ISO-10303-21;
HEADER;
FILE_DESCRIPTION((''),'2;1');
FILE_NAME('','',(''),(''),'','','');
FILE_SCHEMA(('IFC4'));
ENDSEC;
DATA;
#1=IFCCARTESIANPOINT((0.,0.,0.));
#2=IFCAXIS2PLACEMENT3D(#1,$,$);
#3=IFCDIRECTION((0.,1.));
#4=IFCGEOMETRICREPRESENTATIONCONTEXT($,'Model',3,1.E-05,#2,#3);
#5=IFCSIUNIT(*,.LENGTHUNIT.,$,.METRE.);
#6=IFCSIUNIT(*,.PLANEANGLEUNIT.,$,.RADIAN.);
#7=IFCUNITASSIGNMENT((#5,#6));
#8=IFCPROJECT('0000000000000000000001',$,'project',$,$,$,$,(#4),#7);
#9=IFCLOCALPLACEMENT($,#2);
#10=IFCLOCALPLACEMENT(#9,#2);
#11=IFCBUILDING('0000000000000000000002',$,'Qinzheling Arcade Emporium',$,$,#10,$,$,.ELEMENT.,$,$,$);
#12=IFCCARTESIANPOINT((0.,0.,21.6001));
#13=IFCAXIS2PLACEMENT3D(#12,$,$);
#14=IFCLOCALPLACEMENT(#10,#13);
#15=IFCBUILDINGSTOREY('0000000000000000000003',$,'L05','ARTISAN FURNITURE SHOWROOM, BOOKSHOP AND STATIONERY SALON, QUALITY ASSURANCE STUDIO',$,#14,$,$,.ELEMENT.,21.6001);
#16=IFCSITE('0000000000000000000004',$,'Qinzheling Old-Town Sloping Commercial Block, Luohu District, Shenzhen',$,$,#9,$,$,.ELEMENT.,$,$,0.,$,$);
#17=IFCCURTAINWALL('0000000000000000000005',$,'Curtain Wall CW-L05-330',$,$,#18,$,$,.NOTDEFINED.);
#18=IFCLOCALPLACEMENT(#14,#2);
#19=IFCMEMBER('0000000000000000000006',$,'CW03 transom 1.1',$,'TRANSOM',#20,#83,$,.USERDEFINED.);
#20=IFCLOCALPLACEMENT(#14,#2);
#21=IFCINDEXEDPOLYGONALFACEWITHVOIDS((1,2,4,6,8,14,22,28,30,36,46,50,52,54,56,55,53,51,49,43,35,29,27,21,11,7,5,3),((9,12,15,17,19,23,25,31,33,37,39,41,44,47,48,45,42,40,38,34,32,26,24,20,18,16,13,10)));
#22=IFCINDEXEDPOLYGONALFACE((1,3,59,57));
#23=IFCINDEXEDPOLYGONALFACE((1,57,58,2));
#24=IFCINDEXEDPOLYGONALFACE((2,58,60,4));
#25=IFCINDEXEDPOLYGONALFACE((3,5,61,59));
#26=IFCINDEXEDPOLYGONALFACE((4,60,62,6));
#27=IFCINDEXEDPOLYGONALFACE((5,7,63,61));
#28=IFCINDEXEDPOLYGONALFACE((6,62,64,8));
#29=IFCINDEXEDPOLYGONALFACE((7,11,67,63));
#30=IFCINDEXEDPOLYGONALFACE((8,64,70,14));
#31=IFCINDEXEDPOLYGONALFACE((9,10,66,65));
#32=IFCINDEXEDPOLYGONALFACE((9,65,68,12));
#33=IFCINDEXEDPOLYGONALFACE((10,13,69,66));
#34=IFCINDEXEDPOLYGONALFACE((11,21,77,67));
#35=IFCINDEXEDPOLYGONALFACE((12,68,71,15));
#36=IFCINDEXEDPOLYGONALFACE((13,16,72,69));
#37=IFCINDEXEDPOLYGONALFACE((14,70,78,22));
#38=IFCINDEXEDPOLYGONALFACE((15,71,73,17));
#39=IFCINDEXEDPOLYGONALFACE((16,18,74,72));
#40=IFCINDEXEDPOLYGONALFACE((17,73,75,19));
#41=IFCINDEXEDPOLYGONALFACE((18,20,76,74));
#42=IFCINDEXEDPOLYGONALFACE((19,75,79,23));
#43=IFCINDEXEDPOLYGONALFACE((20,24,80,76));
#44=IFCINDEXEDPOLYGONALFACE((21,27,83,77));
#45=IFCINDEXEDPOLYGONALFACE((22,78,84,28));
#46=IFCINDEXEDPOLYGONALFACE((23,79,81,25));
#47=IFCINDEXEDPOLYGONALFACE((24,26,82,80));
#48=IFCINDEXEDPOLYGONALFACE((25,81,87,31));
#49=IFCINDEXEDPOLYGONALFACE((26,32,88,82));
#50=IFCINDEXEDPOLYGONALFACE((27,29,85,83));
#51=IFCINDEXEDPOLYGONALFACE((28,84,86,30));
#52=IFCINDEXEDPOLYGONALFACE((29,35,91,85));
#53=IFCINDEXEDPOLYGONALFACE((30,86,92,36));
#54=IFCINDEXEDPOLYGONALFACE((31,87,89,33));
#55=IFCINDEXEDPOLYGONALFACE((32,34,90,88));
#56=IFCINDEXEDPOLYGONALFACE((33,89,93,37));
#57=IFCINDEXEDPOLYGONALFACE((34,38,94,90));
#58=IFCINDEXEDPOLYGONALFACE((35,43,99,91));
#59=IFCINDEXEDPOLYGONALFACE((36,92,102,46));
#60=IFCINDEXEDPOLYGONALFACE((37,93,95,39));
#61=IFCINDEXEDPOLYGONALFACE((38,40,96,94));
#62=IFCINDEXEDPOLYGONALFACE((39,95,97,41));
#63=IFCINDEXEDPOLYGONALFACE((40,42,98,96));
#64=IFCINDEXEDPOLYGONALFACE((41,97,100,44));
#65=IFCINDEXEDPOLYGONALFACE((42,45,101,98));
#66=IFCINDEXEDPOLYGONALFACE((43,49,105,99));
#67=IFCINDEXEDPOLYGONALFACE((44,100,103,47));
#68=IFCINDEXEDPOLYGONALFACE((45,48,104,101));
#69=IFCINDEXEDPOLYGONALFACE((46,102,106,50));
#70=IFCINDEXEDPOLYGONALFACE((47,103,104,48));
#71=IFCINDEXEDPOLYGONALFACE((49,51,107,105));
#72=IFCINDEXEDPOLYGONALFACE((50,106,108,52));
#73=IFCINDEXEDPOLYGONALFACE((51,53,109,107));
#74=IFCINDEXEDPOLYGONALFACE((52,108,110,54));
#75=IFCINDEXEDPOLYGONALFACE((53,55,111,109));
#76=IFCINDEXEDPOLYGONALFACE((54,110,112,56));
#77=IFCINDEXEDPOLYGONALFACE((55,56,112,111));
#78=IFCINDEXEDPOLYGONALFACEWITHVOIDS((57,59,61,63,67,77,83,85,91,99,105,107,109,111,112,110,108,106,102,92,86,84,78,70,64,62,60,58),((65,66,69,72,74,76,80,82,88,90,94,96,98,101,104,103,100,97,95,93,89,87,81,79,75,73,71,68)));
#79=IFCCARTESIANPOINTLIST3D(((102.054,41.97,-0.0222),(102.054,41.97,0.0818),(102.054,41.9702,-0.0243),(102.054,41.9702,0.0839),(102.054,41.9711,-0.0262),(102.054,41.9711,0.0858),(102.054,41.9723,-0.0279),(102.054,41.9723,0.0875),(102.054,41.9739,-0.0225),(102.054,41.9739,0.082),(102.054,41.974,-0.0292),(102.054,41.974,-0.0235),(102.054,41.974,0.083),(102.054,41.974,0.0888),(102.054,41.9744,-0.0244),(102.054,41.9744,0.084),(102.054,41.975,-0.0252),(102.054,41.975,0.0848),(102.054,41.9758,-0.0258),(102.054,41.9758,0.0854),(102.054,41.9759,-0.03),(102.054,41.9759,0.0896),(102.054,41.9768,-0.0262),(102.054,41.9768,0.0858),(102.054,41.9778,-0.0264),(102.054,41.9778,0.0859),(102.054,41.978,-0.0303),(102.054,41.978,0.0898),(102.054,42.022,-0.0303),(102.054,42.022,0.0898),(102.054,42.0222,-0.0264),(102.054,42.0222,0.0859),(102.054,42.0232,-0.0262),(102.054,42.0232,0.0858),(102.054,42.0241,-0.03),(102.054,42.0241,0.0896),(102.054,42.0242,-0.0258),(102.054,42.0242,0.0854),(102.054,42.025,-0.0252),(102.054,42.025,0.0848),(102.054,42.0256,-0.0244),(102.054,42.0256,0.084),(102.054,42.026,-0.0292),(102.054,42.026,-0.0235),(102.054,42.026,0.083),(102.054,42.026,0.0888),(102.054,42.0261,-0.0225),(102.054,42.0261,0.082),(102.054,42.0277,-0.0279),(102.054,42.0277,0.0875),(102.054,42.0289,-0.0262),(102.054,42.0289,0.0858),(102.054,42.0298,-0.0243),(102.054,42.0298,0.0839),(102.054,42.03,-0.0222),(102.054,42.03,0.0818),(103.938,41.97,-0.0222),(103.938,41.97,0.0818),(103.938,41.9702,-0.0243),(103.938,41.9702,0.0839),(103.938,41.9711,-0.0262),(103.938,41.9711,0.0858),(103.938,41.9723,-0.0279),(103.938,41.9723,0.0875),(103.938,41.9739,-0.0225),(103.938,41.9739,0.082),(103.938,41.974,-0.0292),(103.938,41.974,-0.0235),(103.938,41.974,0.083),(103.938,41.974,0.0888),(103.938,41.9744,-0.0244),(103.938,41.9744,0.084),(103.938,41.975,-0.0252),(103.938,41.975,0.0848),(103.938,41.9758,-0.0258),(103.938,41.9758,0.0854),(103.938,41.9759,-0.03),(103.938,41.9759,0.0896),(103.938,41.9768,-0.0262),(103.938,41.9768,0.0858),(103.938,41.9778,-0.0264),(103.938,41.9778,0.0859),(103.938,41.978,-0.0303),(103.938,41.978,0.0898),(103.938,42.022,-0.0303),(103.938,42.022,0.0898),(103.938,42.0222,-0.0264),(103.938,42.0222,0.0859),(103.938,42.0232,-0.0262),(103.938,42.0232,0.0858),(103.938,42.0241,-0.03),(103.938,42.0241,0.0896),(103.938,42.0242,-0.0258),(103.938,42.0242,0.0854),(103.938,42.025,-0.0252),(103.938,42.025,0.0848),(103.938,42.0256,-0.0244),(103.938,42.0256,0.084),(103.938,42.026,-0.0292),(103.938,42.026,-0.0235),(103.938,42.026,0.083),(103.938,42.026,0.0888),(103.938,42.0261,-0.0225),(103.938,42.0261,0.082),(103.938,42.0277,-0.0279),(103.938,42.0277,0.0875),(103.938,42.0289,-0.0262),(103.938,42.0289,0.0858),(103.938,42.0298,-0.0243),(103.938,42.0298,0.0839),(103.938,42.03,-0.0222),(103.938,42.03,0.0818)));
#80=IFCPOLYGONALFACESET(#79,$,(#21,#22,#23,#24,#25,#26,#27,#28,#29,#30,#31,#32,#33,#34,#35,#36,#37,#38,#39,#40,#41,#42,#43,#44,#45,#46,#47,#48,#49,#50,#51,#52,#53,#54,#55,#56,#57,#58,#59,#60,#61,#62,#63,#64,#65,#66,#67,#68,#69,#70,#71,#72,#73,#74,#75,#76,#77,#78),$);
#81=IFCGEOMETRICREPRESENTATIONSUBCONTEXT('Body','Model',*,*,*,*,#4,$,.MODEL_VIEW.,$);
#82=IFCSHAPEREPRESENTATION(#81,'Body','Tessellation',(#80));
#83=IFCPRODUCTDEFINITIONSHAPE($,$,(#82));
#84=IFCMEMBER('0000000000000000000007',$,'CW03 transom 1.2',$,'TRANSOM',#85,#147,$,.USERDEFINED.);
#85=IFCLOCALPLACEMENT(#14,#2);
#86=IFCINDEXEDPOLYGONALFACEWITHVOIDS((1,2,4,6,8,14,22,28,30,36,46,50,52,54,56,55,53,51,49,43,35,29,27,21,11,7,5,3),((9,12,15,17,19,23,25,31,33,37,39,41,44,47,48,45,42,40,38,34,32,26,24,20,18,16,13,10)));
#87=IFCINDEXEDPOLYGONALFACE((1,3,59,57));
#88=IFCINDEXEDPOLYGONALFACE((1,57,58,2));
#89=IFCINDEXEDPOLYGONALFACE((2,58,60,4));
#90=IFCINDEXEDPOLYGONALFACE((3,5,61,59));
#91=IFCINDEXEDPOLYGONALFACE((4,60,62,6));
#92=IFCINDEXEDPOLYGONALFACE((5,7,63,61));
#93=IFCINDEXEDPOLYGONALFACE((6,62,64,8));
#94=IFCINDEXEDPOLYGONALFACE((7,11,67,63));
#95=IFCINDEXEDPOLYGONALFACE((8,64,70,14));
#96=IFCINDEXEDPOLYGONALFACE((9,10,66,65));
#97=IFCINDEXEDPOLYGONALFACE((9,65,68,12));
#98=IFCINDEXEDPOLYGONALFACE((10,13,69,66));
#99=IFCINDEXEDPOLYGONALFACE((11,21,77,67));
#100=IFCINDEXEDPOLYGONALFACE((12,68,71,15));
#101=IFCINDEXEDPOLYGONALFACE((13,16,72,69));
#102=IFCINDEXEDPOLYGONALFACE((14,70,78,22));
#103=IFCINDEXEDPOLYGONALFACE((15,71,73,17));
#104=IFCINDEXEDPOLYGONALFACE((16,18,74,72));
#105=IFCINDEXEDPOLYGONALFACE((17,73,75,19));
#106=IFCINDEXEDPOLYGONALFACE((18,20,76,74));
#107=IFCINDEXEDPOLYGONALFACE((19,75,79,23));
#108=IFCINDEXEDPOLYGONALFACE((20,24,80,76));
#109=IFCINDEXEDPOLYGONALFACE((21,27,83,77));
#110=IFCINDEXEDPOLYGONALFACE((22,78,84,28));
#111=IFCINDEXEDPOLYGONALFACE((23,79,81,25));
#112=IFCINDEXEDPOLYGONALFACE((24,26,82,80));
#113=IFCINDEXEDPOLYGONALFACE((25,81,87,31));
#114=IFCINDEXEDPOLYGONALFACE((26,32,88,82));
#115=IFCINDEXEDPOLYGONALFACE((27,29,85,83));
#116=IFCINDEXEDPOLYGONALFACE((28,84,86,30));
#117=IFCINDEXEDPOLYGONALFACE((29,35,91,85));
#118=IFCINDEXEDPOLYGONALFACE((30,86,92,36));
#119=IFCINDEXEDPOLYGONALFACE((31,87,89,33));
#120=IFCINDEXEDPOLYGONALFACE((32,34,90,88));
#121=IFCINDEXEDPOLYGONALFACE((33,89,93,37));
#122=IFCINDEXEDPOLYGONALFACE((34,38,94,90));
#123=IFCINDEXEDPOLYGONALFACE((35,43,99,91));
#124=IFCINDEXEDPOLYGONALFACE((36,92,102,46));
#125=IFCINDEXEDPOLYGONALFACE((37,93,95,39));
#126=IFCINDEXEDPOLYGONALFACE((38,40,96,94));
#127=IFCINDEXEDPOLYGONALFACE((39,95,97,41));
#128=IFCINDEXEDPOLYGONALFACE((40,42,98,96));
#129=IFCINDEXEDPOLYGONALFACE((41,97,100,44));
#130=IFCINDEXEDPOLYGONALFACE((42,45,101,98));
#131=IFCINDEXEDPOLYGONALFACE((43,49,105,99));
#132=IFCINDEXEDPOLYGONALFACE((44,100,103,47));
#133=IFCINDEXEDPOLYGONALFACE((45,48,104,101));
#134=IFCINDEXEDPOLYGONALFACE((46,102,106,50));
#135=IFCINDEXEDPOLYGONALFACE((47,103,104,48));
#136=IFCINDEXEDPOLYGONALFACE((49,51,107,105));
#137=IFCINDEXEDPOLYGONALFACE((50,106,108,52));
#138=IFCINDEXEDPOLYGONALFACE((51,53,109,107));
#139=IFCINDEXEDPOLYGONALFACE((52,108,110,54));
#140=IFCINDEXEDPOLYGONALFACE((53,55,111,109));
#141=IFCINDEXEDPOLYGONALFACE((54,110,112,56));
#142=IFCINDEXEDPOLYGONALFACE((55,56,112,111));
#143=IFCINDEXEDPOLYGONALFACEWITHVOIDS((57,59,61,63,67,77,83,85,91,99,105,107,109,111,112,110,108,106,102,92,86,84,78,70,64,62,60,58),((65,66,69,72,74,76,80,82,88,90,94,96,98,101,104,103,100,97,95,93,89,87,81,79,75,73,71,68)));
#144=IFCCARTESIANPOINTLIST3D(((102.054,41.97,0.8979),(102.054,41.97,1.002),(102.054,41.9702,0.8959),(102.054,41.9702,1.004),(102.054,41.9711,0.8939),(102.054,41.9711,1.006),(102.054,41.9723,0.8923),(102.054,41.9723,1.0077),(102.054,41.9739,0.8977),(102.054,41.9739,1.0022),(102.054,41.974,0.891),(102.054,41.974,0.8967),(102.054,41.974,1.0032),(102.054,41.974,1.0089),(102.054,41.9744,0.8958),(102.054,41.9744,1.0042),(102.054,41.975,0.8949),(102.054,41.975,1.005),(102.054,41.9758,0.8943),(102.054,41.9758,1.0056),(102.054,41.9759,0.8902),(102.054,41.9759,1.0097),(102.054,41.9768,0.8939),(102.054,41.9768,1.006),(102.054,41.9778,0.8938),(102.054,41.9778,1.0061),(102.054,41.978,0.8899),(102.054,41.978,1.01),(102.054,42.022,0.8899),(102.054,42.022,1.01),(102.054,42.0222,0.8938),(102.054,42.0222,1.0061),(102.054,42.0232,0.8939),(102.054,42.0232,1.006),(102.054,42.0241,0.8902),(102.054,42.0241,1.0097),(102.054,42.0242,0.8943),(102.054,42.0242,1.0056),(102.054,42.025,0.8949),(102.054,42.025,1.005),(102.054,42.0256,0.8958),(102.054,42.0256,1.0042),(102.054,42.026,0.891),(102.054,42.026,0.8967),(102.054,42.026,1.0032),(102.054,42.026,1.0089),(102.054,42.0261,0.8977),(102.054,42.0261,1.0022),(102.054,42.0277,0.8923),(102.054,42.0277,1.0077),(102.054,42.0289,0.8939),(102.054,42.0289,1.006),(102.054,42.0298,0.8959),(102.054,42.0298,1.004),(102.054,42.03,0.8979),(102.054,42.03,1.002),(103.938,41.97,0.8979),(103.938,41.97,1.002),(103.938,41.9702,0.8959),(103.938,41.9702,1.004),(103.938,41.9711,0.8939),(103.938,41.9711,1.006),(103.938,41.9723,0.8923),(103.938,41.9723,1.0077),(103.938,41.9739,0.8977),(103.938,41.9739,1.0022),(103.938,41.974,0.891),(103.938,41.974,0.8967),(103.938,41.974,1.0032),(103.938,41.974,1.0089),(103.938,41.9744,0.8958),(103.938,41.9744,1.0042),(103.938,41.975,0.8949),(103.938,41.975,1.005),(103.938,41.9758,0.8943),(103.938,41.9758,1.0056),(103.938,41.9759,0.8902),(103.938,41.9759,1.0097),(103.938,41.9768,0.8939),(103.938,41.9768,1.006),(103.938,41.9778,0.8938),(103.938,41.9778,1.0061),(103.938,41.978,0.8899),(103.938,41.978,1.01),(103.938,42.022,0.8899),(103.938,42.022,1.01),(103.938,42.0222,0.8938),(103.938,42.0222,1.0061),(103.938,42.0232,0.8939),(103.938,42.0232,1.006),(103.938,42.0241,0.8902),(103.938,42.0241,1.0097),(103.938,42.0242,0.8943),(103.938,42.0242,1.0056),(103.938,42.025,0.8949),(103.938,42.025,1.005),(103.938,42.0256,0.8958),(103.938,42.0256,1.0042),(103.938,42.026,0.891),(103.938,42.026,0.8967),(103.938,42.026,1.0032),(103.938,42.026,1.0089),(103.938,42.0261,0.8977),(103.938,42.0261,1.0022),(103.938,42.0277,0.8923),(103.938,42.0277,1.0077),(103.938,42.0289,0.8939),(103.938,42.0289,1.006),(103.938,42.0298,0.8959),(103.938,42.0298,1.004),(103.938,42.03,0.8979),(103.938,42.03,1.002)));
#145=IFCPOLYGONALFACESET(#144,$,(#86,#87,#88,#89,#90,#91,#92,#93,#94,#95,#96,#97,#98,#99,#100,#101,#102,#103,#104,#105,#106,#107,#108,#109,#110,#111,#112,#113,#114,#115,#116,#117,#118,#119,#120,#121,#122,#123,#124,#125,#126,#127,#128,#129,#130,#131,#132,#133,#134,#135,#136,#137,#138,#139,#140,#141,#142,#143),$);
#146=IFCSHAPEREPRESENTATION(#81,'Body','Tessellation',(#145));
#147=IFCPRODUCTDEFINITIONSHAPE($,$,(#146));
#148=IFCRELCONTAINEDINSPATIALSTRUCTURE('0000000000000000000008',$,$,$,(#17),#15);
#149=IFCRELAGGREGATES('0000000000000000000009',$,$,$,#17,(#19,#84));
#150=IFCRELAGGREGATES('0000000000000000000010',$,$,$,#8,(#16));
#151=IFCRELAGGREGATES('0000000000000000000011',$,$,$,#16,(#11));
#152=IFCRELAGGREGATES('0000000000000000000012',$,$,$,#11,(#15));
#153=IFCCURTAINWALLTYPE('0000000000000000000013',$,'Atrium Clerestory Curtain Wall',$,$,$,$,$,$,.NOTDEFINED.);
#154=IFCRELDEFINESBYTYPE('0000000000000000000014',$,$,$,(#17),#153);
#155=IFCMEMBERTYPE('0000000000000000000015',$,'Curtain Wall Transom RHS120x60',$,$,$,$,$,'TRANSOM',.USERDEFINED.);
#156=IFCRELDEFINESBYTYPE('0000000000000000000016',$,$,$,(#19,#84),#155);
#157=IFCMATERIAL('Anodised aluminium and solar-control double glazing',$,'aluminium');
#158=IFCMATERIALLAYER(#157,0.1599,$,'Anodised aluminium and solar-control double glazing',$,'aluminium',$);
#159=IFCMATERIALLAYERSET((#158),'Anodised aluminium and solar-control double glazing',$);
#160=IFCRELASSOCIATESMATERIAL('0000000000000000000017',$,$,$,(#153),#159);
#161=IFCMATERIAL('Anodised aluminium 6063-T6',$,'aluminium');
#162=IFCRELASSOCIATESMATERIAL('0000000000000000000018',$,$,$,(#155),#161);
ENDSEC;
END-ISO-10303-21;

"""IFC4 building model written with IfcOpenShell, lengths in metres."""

from ifc_helpers import new_model, si_unit, direction, frame, origin, origin_2d, place, context, subcontext, project, spatial, hollow_rectangle, extrude, material, layer, layer_set, material_profile, profile_set, type_object, element, aggregate, save


model = new_model("IFC4")

# Units and contexts
model_context = context("Model", 3, precision=1e-05, world=origin(), true_north=direction((0.0, 1.0)))
body_context = subcontext(model_context, "Body", "Model", "MODEL_VIEW")
ifc_project = project(units=[si_unit("LENGTHUNIT", "METRE"), si_unit("PLANEANGLEUNIT", "RADIAN")], contexts=[model_context])

# Site, building, storey
site_placement = place(None, origin())
site = spatial("IfcSite", under=ifc_project, at=site_placement, Name="Qinzheling Old-Town Sloping Commercial Block, Luohu District, Shenzhen", CompositionType="ELEMENT", RefElevation=0.0)
building_placement = place(site_placement, origin())
building = spatial("IfcBuilding", under=site, at=building_placement, Name="Qinzheling Arcade Emporium", CompositionType="ELEMENT")
storey_placement = place(building_placement, frame((0.0, 0.0, 21.6001)))
storey = spatial("IfcBuildingStorey", under=building, at=storey_placement, Name="L05", Description="ARTISAN FURNITURE SHOWROOM, BOOKSHOP AND STATIONERY SALON, QUALITY ASSURANCE STUDIO", CompositionType="ELEMENT", Elevation=21.6001)

# Shared definitions
ifc_material_1 = material(Name="Anodised aluminium and solar-control double glazing", Category="aluminium")
ifc_material_2 = material(Name="Anodised aluminium 6063-T6", Category="aluminium")

# Curtain wall
ifc_layer_1 = layer(ifc_material_1, 0.1599, Name="Anodised aluminium and solar-control double glazing", Category="aluminium")
ifc_layer_set_1 = layer_set([ifc_layer_1], Name="Anodised aluminium and solar-control double glazing")
curtain_wall_type_1 = type_object("IfcCurtainWallType", Name="Atrium Clerestory Curtain Wall", PredefinedType="NOTDEFINED", material=ifc_layer_set_1)
curtain_wall_1_placement = place(storey_placement, origin())
curtain_wall_1 = element("IfcCurtainWall", 1, at=curtain_wall_1_placement, inside=storey, type_object=curtain_wall_type_1, Name="Curtain Wall CW-L05-330", PredefinedType="NOTDEFINED")

# Members
ifc_material_profile_1 = material_profile(ifc_material_2, hollow_rectangle(XDim=0.0601, YDim=0.1201, WallThickness=0.0039, InnerFilletRadius=0.0039, OuterFilletRadius=0.0081, at=origin_2d()), Name="RHS 120x60x4", Category="aluminium")
ifc_profile_set_1 = profile_set([ifc_material_profile_1], Name="Anodised aluminium 6063-T6")
member_type_1 = type_object("IfcMemberType", Name="Curtain Wall Transom RHS120x60", ElementType="TRANSOM", PredefinedType="USERDEFINED", material=ifc_profile_set_1)
member_1_placement = place(storey_placement, frame((103.938, 42.0, 0.0298), z_axis=(-1.0, 0.0, 0.0), x_axis=(0.0, -1.0, 0.0)))
member_1 = element("IfcMember", 2, at=member_1_placement, type_object=member_type_1, Name="CW03 transom 1.1", ObjectType="TRANSOM", PredefinedType="USERDEFINED", context=body_context, shape_type="SweptSolid", body=[
    extrude(hollow_rectangle(XDim=0.0601, YDim=0.1201, WallThickness=0.0039, InnerFilletRadius=0.0039, OuterFilletRadius=0.0081, at=origin_2d()), origin(), (0.0, 0.0, 1.0), 1.884),
])
member_2_placement = place(storey_placement, frame((103.938, 42.0, 0.95), z_axis=(-1.0, 0.0, 0.0), x_axis=(0.0, -1.0, 0.0)))
member_2 = element("IfcMember", 3, at=member_2_placement, type_object=member_type_1, Name="CW03 transom 1.2", ObjectType="TRANSOM", PredefinedType="USERDEFINED", context=body_context, shape_type="SweptSolid", body=[
    extrude(hollow_rectangle(XDim=0.0601, YDim=0.1201, WallThickness=0.0039, InnerFilletRadius=0.0039, OuterFilletRadius=0.0081, at=origin_2d()), origin(), (0.0, 0.0, 1.0), 1.884),
])

aggregate(curtain_wall_1, [member_1, member_2])

save(model, "model.ifc")
